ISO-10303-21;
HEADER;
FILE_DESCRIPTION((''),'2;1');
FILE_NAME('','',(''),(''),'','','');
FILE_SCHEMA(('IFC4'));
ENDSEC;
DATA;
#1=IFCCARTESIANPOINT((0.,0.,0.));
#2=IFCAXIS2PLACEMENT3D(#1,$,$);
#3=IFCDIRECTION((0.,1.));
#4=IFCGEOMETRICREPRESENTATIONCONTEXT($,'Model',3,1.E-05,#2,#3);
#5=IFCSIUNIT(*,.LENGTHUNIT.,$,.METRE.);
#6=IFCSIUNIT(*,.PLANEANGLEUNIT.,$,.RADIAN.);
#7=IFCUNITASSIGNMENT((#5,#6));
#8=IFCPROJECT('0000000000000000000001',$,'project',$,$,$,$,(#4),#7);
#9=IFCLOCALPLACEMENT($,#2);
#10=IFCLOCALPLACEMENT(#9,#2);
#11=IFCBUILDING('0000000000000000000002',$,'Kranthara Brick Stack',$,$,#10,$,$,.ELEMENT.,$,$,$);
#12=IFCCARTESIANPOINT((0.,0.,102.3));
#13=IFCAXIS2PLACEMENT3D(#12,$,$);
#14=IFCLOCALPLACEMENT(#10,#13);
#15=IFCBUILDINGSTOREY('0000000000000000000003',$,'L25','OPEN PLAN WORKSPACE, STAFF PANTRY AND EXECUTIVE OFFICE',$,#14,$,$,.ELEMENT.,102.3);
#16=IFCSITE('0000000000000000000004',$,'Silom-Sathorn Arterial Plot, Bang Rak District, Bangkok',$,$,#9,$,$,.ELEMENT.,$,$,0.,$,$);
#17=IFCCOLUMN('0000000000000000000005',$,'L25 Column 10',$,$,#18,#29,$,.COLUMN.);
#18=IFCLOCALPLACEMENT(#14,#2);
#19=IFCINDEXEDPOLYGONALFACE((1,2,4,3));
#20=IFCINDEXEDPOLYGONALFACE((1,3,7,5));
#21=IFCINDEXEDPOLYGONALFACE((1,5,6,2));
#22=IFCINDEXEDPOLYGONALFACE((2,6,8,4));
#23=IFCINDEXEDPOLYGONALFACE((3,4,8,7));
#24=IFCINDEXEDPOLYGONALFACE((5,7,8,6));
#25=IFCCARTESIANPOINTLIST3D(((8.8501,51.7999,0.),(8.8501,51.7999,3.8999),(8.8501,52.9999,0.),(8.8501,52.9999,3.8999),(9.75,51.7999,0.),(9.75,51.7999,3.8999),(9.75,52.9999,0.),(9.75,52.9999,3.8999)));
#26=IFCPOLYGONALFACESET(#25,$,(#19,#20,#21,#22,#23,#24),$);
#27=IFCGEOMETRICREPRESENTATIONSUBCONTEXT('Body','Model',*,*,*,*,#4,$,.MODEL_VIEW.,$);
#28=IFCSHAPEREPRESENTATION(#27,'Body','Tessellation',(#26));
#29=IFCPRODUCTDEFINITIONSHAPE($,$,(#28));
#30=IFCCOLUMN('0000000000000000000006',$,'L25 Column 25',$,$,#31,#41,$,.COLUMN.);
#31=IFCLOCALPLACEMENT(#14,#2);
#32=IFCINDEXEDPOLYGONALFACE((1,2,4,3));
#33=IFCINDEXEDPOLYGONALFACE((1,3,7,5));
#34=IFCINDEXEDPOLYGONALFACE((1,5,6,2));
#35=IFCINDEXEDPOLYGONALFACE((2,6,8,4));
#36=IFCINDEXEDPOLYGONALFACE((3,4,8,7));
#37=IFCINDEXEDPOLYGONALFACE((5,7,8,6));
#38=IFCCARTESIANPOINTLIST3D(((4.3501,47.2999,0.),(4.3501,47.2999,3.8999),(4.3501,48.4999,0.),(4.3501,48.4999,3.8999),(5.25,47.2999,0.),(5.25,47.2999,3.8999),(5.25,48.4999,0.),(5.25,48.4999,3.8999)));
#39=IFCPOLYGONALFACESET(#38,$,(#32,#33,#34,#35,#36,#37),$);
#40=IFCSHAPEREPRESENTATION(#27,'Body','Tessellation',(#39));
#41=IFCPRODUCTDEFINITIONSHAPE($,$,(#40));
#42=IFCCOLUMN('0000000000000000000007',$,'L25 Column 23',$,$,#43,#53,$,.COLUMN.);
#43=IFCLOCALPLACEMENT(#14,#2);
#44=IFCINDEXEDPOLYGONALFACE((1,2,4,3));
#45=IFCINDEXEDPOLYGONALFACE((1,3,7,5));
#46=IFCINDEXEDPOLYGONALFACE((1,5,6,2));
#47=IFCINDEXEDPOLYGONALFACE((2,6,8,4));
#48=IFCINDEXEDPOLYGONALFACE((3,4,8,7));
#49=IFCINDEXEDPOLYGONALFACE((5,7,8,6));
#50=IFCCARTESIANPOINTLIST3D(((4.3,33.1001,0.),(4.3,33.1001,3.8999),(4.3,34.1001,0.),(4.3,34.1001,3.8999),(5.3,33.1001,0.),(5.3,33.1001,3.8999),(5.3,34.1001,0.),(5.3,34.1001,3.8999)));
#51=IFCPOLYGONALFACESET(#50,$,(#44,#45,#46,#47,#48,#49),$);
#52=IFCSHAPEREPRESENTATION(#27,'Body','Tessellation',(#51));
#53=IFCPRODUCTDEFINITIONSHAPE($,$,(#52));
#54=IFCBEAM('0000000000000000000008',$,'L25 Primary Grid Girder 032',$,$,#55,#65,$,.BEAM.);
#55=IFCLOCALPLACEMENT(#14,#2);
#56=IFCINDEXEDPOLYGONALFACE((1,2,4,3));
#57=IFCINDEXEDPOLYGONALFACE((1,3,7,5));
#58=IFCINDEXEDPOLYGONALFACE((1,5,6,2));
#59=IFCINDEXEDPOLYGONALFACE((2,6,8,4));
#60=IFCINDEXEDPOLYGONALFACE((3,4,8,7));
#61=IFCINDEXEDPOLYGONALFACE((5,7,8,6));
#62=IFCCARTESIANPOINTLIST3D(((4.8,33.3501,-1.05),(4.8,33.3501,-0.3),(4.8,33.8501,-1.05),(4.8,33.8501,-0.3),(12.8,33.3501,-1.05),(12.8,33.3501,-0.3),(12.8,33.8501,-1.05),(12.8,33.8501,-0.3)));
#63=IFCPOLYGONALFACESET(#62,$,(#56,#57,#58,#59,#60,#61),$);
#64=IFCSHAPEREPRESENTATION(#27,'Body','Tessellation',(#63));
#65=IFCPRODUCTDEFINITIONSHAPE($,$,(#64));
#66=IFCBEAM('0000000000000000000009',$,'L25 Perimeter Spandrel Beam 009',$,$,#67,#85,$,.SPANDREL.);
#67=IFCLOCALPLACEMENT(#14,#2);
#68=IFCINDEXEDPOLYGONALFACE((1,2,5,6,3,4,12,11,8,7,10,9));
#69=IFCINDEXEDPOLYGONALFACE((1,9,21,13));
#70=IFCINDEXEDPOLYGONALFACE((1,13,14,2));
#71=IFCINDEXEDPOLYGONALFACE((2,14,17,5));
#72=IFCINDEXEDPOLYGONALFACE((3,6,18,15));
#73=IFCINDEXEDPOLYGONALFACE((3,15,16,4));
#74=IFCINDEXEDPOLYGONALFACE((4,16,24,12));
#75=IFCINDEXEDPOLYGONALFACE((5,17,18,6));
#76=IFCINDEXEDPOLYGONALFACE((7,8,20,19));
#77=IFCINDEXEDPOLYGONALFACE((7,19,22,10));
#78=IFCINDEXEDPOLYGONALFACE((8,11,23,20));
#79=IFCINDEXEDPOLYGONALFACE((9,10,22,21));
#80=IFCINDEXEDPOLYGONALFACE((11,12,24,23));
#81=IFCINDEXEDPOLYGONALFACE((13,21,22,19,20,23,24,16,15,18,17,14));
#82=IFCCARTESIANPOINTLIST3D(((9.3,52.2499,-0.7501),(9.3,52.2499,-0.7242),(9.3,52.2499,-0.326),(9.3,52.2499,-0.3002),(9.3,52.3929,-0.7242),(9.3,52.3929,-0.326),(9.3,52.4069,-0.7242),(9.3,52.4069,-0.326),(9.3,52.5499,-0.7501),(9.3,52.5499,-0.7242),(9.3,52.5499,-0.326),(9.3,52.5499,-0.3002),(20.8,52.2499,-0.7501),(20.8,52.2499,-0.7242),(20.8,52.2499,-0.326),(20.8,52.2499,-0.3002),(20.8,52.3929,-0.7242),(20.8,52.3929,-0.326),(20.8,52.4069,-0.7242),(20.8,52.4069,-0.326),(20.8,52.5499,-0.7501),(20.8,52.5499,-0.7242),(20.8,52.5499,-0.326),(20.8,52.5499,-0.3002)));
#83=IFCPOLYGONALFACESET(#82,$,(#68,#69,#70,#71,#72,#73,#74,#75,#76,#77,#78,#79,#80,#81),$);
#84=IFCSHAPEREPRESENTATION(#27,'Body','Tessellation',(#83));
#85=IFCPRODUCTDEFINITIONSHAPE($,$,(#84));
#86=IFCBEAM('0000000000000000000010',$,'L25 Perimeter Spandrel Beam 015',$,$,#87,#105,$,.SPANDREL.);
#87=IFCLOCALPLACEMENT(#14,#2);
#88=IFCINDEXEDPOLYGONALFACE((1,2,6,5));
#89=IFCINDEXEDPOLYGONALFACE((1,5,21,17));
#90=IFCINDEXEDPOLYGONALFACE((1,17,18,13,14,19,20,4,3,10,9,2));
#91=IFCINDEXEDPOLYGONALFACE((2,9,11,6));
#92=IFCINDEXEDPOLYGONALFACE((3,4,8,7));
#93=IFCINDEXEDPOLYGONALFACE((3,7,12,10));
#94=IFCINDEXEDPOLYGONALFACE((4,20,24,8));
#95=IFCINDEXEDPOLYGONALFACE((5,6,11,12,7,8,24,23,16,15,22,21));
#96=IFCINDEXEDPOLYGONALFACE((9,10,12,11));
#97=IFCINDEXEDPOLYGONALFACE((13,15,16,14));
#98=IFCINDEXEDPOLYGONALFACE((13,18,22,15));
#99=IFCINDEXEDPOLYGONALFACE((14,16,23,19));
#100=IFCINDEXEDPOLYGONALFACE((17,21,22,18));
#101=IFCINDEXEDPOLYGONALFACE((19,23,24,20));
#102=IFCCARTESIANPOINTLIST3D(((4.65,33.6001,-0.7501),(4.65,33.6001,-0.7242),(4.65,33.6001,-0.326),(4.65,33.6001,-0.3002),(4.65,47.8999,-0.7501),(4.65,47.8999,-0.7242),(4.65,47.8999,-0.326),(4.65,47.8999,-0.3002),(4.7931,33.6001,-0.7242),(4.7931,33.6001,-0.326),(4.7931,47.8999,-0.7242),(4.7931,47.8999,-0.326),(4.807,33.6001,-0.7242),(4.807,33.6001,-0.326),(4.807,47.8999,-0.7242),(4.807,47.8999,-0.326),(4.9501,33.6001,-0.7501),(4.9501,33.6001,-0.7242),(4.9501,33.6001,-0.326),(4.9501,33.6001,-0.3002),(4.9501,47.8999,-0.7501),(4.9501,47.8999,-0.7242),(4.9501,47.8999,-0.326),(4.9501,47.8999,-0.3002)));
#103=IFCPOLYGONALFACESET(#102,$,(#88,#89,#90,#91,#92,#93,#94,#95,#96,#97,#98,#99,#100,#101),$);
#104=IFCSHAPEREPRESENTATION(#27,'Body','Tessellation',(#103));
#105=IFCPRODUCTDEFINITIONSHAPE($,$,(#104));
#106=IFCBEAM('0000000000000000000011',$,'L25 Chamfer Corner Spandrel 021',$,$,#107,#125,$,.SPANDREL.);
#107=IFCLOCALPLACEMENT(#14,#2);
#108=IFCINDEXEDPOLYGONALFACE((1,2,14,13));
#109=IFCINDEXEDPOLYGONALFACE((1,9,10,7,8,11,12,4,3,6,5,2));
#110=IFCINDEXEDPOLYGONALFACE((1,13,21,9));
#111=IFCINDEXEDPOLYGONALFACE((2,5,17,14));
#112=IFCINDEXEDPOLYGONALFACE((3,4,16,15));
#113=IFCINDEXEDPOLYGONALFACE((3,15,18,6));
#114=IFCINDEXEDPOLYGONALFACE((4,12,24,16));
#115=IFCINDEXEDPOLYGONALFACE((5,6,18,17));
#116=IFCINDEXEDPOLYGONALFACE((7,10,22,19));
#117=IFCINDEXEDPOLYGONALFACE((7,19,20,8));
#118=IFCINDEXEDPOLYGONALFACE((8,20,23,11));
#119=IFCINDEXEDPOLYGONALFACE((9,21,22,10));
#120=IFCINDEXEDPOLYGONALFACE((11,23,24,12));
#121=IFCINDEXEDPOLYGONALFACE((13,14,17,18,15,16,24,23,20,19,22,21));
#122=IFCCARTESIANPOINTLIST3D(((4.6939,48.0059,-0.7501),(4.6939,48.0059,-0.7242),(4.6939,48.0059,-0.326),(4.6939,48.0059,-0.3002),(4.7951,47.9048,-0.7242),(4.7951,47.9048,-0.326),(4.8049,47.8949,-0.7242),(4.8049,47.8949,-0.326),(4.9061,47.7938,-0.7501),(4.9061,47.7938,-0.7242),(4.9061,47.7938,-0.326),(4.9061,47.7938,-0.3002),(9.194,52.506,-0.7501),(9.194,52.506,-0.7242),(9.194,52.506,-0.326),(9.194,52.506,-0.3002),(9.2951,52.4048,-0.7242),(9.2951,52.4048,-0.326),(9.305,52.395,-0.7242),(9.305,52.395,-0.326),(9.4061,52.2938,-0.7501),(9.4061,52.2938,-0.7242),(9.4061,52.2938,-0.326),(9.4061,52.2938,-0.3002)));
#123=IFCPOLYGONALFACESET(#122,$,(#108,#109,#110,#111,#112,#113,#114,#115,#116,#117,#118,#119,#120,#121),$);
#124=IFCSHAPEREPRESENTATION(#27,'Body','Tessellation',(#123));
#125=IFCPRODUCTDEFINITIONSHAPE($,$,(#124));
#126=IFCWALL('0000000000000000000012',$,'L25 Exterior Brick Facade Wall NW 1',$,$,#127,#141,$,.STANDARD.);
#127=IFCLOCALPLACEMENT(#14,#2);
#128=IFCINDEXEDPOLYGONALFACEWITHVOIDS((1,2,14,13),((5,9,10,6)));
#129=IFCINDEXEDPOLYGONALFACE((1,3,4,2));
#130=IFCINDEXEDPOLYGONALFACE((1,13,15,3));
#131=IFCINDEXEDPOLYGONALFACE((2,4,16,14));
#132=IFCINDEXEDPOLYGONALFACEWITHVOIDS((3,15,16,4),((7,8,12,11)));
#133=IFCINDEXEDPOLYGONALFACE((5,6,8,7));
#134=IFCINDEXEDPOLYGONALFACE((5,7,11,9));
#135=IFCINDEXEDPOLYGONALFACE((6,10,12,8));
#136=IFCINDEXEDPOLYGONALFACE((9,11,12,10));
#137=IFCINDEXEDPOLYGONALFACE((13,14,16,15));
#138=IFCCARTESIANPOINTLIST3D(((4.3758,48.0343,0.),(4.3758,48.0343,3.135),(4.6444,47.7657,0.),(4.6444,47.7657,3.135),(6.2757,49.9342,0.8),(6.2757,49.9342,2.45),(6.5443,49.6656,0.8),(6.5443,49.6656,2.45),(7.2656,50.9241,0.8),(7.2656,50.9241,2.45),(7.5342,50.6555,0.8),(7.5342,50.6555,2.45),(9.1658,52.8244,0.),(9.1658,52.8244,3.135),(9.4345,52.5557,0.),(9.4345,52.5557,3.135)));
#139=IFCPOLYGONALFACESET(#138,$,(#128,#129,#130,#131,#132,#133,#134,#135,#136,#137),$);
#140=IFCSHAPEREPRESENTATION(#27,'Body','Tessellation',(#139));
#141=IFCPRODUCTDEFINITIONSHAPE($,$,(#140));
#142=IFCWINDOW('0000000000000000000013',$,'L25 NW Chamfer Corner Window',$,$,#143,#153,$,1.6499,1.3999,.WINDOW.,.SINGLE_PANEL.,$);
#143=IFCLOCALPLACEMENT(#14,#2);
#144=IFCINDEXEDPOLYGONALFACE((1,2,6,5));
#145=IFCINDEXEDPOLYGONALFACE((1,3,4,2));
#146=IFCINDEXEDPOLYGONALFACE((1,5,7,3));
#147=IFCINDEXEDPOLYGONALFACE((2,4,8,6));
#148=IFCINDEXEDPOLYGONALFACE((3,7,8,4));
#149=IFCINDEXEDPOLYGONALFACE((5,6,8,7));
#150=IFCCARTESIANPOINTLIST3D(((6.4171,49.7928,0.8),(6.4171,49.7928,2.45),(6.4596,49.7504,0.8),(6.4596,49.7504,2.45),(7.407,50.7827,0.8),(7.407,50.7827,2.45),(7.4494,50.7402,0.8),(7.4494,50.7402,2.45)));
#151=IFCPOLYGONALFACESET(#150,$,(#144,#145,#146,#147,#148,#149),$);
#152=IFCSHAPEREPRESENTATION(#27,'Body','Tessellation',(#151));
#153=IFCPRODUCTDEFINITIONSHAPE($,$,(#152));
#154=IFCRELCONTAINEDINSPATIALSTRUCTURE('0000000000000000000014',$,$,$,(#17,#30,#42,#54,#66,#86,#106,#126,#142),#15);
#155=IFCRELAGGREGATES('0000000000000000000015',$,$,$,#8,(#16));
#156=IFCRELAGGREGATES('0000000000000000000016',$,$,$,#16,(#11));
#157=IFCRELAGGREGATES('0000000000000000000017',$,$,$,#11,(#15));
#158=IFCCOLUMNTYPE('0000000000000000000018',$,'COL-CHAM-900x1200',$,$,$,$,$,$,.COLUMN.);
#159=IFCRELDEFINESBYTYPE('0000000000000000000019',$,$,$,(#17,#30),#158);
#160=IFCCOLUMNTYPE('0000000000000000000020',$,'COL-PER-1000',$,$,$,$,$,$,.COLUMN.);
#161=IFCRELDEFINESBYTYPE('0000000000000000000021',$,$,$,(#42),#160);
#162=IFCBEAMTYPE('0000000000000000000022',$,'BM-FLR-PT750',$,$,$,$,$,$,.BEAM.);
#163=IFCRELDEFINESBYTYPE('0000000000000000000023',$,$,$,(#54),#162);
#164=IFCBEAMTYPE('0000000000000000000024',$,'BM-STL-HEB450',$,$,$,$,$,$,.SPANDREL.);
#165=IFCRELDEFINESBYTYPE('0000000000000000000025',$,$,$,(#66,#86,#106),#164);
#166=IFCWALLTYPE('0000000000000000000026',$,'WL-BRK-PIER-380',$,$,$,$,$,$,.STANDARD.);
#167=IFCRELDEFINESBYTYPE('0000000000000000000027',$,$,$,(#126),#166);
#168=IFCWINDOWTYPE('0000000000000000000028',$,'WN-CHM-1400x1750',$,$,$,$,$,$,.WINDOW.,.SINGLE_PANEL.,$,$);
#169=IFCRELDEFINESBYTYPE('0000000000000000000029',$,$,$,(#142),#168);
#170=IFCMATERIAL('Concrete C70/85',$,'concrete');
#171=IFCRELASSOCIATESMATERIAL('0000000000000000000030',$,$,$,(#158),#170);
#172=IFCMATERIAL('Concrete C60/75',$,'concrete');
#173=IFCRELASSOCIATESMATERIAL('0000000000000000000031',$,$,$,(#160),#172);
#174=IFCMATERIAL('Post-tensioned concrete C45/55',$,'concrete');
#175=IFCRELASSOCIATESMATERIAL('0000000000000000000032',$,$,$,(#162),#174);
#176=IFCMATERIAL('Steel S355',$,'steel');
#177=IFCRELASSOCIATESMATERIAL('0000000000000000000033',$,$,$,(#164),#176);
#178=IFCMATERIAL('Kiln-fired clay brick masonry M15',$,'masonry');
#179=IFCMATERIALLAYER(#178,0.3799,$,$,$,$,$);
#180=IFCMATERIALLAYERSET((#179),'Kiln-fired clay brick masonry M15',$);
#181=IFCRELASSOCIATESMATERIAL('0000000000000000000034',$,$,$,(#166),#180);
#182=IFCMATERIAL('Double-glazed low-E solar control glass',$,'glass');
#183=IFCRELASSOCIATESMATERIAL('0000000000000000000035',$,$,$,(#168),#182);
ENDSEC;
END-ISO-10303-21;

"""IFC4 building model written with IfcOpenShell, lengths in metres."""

from ifc_helpers import new_model, si_unit, direction, frame, frame_2d, origin, origin_2d, place, context, subcontext, project, spatial, rectangle, i_section, extrude, material, layer, layer_set, material_profile, profile_set, type_object, element, fill, save


model = new_model("IFC4")

# Units and contexts
model_context = context("Model", 3, precision=1e-05, world=origin(), true_north=direction((0.0, 1.0)))
body_context = subcontext(model_context, "Body", "Model", "MODEL_VIEW")
ifc_project = project(units=[si_unit("LENGTHUNIT", "METRE"), si_unit("PLANEANGLEUNIT", "RADIAN")], contexts=[model_context])

# Site, building, storey
site_placement = place(None, origin())
site = spatial("IfcSite", under=ifc_project, at=site_placement, Name="Silom-Sathorn Arterial Plot, Bang Rak District, Bangkok", CompositionType="ELEMENT", RefElevation=0.0)
building_placement = place(site_placement, origin())
building = spatial("IfcBuilding", under=site, at=building_placement, Name="Kranthara Brick Stack", CompositionType="ELEMENT")
storey_placement = place(building_placement, frame((0.0, 0.0, 102.3)))
storey = spatial("IfcBuildingStorey", under=building, at=storey_placement, Name="L25", Description="OPEN PLAN WORKSPACE, STAFF PANTRY AND EXECUTIVE OFFICE", CompositionType="ELEMENT", Elevation=102.3)

# Columns
ifc_material_1 = material(Name="Concrete C70/85", Category="concrete")
ifc_material_profile_1 = material_profile(ifc_material_1, rectangle(XDim=0.8999, YDim=1.2, at=origin_2d()), Name="RC 900x1200")
ifc_profile_set_1 = profile_set([ifc_material_profile_1], Name="Concrete C70/85")
column_type_1 = type_object("IfcColumnType", Name="COL-CHAM-900x1200", PredefinedType="COLUMN", material=ifc_profile_set_1)
for number, where, z_axis, x_axis, name in (
    (1, (9.3, 52.3999, 0.0), (0.0, 0.0, 1.0), (1.0, 0.0, 0.0), "L25 Column 10"),
    (2, (4.8, 47.8999, 0.0), (0.0, 0.0, 1.0), (1.0, 0.0, 0.0), "L25 Column 25"),
):
    element("IfcColumn", number, at=place(storey_placement, frame(where, z_axis=z_axis, x_axis=x_axis)), inside=storey, type_object=column_type_1, Name=name, PredefinedType="COLUMN", context=body_context, shape_type="SweptSolid", body=[
        extrude(rectangle(XDim=0.8999, YDim=1.2, at=origin_2d()), origin(), (0.0, 0.0, 1.0), 3.8999),
    ])
ifc_material_2 = material(Name="Concrete C60/75", Category="concrete")
ifc_material_profile_2 = material_profile(ifc_material_2, rectangle(XDim=1.0, YDim=1.0, at=origin_2d()), Name="RC 1000x1000")
ifc_profile_set_2 = profile_set([ifc_material_profile_2], Name="Concrete C60/75")
column_type_2 = type_object("IfcColumnType", Name="COL-PER-1000", PredefinedType="COLUMN", material=ifc_profile_set_2)
column_placement = place(storey_placement, frame((4.8, 33.6001, 0.0), z_axis=(0.0, 0.0, 1.0), x_axis=(1.0, 0.0, 0.0)))
element("IfcColumn", 3, at=column_placement, inside=storey, type_object=column_type_2, Name="L25 Column 23", PredefinedType="COLUMN", context=body_context, shape_type="SweptSolid", body=[
    extrude(rectangle(XDim=1.0, YDim=1.0, at=origin_2d()), origin(), (0.0, 0.0, 1.0), 3.8999),
])

# Beams
ifc_material_3 = material(Name="Post-tensioned concrete C45/55", Category="concrete")
ifc_material_profile_3 = material_profile(ifc_material_3, rectangle(XDim=0.5, YDim=0.75, at=origin_2d()), Name="PT 500x750")
ifc_profile_set_3 = profile_set([ifc_material_profile_3], Name="Post-tensioned concrete C45/55")
beam_type_1 = type_object("IfcBeamType", Name="BM-FLR-PT750", PredefinedType="BEAM", material=ifc_profile_set_3)
beam_1_placement = place(storey_placement, frame((4.8, 33.6001, -0.675), z_axis=(1.0, 0.0, 0.0), x_axis=(0.0, 1.0, 0.0)))
element("IfcBeam", 4, at=beam_1_placement, inside=storey, type_object=beam_type_1, Name="L25 Primary Grid Girder 032", PredefinedType="BEAM", context=body_context, shape_type="SweptSolid", body=[
    extrude(rectangle(XDim=0.5, YDim=0.75, at=origin_2d()), origin(), (0.0, 0.0, 1.0), 8.0),
])
ifc_material_4 = material(Name="Steel S355", Category="steel")
ifc_material_profile_4 = material_profile(ifc_material_4, i_section(OverallWidth=0.3, OverallDepth=0.45, WebThickness=0.0139, FlangeThickness=0.0259, at=origin_2d()), Name="HEB 450")
ifc_profile_set_4 = profile_set([ifc_material_profile_4], Name="Steel S355")
beam_type_2 = type_object("IfcBeamType", Name="BM-STL-HEB450", PredefinedType="SPANDREL", material=ifc_profile_set_4)
beam_2_placement = place(storey_placement, frame((9.3, 52.3999, -0.5251), z_axis=(1.0, 0.0, 0.0), x_axis=(0.0, 1.0, 0.0)))
element("IfcBeam", 5, at=beam_2_placement, inside=storey, type_object=beam_type_2, Name="L25 Perimeter Spandrel Beam 009", PredefinedType="SPANDREL", context=body_context, shape_type="SweptSolid", body=[
    extrude(i_section(OverallWidth=0.3, OverallDepth=0.45, WebThickness=0.0139, FlangeThickness=0.0259, at=origin_2d()), origin(), (0.0, 0.0, 1.0), 11.5),
])
beam_3_placement = place(storey_placement, frame((4.8, 33.6001, -0.5251), z_axis=(0.0, 1.0, 0.0), x_axis=(-1.0, 0.0, 0.0)))
element("IfcBeam", 6, at=beam_3_placement, inside=storey, type_object=beam_type_2, Name="L25 Perimeter Spandrel Beam 015", PredefinedType="SPANDREL", context=body_context, shape_type="SweptSolid", body=[
    extrude(i_section(OverallWidth=0.3, OverallDepth=0.45, WebThickness=0.0139, FlangeThickness=0.0259, at=origin_2d()), origin(), (0.0, 0.0, 1.0), 14.2998),
])
beam_4_placement = place(storey_placement, frame((9.3, 52.3999, -0.5251), z_axis=(-0.707107, -0.707107, 0.0), x_axis=(0.707107, -0.707107, 0.0)))
element("IfcBeam", 7, at=beam_4_placement, inside=storey, type_object=beam_type_2, Name="L25 Chamfer Corner Spandrel 021", PredefinedType="SPANDREL", context=body_context, shape_type="SweptSolid", body=[
    extrude(i_section(OverallWidth=0.3, OverallDepth=0.45, WebThickness=0.0139, FlangeThickness=0.0259, at=origin_2d()), origin(), (0.0, 0.0, 1.0), 6.364),
])

# Wall, opening, window
ifc_material_5 = material(Name="Kiln-fired clay brick masonry M15", Category="masonry")
ifc_layer_1 = layer(ifc_material_5, 0.3799)
ifc_layer_set_1 = layer_set([ifc_layer_1], Name="Kiln-fired clay brick masonry M15")
wall_type_1 = type_object("IfcWallType", Name="WL-BRK-PIER-380", PredefinedType="STANDARD", material=ifc_layer_set_1)
wall_1_placement = place(storey_placement, frame((4.51, 47.8999, 0.0), z_axis=(0.0, 0.0, 1.0), x_axis=(0.707107, 0.707107, 0.0)))
wall_1 = element("IfcWall", 8, at=wall_1_placement, inside=storey, type_object=wall_type_1, Name="L25 Exterior Brick Facade Wall NW 1", PredefinedType="STANDARD", context=body_context, shape_type="SweptSolid", body=[
    extrude(rectangle(XDim=6.7742, YDim=0.3799, at=frame_2d((3.3872, 0.0))), origin(), (0.0, 0.0, 1.0), 3.135),
])
opening_1_placement = place(wall_1_placement, frame((2.687, 0.0, 0.8)))
opening_1 = element("IfcOpeningElement", 9, at=opening_1_placement, cuts=wall_1, PredefinedType="OPENING", context=body_context, shape_type="SweptSolid", body=[
    extrude(rectangle(XDim=1.3999, YDim=1.6499, at=frame_2d((0.7, 0.825))), frame((0.0, 0.2, 0.0), z_axis=(0.0, -1.0, 0.0), x_axis=(1.0, 0.0, 0.0)), (0.0, 0.0, 1.0), 0.3999),
])
ifc_material_6 = material(Name="Double-glazed low-E solar control glass", Category="glass")
window_type = type_object("IfcWindowType", Name="WN-CHM-1400x1750", PartitioningType="SINGLE_PANEL", PredefinedType="WINDOW", material=ifc_material_6)
window_placement = place(opening_1_placement, origin())
window = element("IfcWindow", 10, at=window_placement, inside=storey, type_object=window_type, Name="L25 NW Chamfer Corner Window", OverallHeight=1.6499, OverallWidth=1.3999, PartitioningType="SINGLE_PANEL", PredefinedType="WINDOW", context=body_context, shape_type="SweptSolid", body=[
    extrude(rectangle(XDim=1.3999, YDim=1.6499, at=frame_2d((0.7, 0.825))), frame((0.0, -0.01, 0.0), z_axis=(0.0, -1.0, 0.0), x_axis=(1.0, 0.0, 0.0)), (0.0, 0.0, 1.0), 0.0601),
])
fill(opening_1, window)

save(model, "model.ifc")
